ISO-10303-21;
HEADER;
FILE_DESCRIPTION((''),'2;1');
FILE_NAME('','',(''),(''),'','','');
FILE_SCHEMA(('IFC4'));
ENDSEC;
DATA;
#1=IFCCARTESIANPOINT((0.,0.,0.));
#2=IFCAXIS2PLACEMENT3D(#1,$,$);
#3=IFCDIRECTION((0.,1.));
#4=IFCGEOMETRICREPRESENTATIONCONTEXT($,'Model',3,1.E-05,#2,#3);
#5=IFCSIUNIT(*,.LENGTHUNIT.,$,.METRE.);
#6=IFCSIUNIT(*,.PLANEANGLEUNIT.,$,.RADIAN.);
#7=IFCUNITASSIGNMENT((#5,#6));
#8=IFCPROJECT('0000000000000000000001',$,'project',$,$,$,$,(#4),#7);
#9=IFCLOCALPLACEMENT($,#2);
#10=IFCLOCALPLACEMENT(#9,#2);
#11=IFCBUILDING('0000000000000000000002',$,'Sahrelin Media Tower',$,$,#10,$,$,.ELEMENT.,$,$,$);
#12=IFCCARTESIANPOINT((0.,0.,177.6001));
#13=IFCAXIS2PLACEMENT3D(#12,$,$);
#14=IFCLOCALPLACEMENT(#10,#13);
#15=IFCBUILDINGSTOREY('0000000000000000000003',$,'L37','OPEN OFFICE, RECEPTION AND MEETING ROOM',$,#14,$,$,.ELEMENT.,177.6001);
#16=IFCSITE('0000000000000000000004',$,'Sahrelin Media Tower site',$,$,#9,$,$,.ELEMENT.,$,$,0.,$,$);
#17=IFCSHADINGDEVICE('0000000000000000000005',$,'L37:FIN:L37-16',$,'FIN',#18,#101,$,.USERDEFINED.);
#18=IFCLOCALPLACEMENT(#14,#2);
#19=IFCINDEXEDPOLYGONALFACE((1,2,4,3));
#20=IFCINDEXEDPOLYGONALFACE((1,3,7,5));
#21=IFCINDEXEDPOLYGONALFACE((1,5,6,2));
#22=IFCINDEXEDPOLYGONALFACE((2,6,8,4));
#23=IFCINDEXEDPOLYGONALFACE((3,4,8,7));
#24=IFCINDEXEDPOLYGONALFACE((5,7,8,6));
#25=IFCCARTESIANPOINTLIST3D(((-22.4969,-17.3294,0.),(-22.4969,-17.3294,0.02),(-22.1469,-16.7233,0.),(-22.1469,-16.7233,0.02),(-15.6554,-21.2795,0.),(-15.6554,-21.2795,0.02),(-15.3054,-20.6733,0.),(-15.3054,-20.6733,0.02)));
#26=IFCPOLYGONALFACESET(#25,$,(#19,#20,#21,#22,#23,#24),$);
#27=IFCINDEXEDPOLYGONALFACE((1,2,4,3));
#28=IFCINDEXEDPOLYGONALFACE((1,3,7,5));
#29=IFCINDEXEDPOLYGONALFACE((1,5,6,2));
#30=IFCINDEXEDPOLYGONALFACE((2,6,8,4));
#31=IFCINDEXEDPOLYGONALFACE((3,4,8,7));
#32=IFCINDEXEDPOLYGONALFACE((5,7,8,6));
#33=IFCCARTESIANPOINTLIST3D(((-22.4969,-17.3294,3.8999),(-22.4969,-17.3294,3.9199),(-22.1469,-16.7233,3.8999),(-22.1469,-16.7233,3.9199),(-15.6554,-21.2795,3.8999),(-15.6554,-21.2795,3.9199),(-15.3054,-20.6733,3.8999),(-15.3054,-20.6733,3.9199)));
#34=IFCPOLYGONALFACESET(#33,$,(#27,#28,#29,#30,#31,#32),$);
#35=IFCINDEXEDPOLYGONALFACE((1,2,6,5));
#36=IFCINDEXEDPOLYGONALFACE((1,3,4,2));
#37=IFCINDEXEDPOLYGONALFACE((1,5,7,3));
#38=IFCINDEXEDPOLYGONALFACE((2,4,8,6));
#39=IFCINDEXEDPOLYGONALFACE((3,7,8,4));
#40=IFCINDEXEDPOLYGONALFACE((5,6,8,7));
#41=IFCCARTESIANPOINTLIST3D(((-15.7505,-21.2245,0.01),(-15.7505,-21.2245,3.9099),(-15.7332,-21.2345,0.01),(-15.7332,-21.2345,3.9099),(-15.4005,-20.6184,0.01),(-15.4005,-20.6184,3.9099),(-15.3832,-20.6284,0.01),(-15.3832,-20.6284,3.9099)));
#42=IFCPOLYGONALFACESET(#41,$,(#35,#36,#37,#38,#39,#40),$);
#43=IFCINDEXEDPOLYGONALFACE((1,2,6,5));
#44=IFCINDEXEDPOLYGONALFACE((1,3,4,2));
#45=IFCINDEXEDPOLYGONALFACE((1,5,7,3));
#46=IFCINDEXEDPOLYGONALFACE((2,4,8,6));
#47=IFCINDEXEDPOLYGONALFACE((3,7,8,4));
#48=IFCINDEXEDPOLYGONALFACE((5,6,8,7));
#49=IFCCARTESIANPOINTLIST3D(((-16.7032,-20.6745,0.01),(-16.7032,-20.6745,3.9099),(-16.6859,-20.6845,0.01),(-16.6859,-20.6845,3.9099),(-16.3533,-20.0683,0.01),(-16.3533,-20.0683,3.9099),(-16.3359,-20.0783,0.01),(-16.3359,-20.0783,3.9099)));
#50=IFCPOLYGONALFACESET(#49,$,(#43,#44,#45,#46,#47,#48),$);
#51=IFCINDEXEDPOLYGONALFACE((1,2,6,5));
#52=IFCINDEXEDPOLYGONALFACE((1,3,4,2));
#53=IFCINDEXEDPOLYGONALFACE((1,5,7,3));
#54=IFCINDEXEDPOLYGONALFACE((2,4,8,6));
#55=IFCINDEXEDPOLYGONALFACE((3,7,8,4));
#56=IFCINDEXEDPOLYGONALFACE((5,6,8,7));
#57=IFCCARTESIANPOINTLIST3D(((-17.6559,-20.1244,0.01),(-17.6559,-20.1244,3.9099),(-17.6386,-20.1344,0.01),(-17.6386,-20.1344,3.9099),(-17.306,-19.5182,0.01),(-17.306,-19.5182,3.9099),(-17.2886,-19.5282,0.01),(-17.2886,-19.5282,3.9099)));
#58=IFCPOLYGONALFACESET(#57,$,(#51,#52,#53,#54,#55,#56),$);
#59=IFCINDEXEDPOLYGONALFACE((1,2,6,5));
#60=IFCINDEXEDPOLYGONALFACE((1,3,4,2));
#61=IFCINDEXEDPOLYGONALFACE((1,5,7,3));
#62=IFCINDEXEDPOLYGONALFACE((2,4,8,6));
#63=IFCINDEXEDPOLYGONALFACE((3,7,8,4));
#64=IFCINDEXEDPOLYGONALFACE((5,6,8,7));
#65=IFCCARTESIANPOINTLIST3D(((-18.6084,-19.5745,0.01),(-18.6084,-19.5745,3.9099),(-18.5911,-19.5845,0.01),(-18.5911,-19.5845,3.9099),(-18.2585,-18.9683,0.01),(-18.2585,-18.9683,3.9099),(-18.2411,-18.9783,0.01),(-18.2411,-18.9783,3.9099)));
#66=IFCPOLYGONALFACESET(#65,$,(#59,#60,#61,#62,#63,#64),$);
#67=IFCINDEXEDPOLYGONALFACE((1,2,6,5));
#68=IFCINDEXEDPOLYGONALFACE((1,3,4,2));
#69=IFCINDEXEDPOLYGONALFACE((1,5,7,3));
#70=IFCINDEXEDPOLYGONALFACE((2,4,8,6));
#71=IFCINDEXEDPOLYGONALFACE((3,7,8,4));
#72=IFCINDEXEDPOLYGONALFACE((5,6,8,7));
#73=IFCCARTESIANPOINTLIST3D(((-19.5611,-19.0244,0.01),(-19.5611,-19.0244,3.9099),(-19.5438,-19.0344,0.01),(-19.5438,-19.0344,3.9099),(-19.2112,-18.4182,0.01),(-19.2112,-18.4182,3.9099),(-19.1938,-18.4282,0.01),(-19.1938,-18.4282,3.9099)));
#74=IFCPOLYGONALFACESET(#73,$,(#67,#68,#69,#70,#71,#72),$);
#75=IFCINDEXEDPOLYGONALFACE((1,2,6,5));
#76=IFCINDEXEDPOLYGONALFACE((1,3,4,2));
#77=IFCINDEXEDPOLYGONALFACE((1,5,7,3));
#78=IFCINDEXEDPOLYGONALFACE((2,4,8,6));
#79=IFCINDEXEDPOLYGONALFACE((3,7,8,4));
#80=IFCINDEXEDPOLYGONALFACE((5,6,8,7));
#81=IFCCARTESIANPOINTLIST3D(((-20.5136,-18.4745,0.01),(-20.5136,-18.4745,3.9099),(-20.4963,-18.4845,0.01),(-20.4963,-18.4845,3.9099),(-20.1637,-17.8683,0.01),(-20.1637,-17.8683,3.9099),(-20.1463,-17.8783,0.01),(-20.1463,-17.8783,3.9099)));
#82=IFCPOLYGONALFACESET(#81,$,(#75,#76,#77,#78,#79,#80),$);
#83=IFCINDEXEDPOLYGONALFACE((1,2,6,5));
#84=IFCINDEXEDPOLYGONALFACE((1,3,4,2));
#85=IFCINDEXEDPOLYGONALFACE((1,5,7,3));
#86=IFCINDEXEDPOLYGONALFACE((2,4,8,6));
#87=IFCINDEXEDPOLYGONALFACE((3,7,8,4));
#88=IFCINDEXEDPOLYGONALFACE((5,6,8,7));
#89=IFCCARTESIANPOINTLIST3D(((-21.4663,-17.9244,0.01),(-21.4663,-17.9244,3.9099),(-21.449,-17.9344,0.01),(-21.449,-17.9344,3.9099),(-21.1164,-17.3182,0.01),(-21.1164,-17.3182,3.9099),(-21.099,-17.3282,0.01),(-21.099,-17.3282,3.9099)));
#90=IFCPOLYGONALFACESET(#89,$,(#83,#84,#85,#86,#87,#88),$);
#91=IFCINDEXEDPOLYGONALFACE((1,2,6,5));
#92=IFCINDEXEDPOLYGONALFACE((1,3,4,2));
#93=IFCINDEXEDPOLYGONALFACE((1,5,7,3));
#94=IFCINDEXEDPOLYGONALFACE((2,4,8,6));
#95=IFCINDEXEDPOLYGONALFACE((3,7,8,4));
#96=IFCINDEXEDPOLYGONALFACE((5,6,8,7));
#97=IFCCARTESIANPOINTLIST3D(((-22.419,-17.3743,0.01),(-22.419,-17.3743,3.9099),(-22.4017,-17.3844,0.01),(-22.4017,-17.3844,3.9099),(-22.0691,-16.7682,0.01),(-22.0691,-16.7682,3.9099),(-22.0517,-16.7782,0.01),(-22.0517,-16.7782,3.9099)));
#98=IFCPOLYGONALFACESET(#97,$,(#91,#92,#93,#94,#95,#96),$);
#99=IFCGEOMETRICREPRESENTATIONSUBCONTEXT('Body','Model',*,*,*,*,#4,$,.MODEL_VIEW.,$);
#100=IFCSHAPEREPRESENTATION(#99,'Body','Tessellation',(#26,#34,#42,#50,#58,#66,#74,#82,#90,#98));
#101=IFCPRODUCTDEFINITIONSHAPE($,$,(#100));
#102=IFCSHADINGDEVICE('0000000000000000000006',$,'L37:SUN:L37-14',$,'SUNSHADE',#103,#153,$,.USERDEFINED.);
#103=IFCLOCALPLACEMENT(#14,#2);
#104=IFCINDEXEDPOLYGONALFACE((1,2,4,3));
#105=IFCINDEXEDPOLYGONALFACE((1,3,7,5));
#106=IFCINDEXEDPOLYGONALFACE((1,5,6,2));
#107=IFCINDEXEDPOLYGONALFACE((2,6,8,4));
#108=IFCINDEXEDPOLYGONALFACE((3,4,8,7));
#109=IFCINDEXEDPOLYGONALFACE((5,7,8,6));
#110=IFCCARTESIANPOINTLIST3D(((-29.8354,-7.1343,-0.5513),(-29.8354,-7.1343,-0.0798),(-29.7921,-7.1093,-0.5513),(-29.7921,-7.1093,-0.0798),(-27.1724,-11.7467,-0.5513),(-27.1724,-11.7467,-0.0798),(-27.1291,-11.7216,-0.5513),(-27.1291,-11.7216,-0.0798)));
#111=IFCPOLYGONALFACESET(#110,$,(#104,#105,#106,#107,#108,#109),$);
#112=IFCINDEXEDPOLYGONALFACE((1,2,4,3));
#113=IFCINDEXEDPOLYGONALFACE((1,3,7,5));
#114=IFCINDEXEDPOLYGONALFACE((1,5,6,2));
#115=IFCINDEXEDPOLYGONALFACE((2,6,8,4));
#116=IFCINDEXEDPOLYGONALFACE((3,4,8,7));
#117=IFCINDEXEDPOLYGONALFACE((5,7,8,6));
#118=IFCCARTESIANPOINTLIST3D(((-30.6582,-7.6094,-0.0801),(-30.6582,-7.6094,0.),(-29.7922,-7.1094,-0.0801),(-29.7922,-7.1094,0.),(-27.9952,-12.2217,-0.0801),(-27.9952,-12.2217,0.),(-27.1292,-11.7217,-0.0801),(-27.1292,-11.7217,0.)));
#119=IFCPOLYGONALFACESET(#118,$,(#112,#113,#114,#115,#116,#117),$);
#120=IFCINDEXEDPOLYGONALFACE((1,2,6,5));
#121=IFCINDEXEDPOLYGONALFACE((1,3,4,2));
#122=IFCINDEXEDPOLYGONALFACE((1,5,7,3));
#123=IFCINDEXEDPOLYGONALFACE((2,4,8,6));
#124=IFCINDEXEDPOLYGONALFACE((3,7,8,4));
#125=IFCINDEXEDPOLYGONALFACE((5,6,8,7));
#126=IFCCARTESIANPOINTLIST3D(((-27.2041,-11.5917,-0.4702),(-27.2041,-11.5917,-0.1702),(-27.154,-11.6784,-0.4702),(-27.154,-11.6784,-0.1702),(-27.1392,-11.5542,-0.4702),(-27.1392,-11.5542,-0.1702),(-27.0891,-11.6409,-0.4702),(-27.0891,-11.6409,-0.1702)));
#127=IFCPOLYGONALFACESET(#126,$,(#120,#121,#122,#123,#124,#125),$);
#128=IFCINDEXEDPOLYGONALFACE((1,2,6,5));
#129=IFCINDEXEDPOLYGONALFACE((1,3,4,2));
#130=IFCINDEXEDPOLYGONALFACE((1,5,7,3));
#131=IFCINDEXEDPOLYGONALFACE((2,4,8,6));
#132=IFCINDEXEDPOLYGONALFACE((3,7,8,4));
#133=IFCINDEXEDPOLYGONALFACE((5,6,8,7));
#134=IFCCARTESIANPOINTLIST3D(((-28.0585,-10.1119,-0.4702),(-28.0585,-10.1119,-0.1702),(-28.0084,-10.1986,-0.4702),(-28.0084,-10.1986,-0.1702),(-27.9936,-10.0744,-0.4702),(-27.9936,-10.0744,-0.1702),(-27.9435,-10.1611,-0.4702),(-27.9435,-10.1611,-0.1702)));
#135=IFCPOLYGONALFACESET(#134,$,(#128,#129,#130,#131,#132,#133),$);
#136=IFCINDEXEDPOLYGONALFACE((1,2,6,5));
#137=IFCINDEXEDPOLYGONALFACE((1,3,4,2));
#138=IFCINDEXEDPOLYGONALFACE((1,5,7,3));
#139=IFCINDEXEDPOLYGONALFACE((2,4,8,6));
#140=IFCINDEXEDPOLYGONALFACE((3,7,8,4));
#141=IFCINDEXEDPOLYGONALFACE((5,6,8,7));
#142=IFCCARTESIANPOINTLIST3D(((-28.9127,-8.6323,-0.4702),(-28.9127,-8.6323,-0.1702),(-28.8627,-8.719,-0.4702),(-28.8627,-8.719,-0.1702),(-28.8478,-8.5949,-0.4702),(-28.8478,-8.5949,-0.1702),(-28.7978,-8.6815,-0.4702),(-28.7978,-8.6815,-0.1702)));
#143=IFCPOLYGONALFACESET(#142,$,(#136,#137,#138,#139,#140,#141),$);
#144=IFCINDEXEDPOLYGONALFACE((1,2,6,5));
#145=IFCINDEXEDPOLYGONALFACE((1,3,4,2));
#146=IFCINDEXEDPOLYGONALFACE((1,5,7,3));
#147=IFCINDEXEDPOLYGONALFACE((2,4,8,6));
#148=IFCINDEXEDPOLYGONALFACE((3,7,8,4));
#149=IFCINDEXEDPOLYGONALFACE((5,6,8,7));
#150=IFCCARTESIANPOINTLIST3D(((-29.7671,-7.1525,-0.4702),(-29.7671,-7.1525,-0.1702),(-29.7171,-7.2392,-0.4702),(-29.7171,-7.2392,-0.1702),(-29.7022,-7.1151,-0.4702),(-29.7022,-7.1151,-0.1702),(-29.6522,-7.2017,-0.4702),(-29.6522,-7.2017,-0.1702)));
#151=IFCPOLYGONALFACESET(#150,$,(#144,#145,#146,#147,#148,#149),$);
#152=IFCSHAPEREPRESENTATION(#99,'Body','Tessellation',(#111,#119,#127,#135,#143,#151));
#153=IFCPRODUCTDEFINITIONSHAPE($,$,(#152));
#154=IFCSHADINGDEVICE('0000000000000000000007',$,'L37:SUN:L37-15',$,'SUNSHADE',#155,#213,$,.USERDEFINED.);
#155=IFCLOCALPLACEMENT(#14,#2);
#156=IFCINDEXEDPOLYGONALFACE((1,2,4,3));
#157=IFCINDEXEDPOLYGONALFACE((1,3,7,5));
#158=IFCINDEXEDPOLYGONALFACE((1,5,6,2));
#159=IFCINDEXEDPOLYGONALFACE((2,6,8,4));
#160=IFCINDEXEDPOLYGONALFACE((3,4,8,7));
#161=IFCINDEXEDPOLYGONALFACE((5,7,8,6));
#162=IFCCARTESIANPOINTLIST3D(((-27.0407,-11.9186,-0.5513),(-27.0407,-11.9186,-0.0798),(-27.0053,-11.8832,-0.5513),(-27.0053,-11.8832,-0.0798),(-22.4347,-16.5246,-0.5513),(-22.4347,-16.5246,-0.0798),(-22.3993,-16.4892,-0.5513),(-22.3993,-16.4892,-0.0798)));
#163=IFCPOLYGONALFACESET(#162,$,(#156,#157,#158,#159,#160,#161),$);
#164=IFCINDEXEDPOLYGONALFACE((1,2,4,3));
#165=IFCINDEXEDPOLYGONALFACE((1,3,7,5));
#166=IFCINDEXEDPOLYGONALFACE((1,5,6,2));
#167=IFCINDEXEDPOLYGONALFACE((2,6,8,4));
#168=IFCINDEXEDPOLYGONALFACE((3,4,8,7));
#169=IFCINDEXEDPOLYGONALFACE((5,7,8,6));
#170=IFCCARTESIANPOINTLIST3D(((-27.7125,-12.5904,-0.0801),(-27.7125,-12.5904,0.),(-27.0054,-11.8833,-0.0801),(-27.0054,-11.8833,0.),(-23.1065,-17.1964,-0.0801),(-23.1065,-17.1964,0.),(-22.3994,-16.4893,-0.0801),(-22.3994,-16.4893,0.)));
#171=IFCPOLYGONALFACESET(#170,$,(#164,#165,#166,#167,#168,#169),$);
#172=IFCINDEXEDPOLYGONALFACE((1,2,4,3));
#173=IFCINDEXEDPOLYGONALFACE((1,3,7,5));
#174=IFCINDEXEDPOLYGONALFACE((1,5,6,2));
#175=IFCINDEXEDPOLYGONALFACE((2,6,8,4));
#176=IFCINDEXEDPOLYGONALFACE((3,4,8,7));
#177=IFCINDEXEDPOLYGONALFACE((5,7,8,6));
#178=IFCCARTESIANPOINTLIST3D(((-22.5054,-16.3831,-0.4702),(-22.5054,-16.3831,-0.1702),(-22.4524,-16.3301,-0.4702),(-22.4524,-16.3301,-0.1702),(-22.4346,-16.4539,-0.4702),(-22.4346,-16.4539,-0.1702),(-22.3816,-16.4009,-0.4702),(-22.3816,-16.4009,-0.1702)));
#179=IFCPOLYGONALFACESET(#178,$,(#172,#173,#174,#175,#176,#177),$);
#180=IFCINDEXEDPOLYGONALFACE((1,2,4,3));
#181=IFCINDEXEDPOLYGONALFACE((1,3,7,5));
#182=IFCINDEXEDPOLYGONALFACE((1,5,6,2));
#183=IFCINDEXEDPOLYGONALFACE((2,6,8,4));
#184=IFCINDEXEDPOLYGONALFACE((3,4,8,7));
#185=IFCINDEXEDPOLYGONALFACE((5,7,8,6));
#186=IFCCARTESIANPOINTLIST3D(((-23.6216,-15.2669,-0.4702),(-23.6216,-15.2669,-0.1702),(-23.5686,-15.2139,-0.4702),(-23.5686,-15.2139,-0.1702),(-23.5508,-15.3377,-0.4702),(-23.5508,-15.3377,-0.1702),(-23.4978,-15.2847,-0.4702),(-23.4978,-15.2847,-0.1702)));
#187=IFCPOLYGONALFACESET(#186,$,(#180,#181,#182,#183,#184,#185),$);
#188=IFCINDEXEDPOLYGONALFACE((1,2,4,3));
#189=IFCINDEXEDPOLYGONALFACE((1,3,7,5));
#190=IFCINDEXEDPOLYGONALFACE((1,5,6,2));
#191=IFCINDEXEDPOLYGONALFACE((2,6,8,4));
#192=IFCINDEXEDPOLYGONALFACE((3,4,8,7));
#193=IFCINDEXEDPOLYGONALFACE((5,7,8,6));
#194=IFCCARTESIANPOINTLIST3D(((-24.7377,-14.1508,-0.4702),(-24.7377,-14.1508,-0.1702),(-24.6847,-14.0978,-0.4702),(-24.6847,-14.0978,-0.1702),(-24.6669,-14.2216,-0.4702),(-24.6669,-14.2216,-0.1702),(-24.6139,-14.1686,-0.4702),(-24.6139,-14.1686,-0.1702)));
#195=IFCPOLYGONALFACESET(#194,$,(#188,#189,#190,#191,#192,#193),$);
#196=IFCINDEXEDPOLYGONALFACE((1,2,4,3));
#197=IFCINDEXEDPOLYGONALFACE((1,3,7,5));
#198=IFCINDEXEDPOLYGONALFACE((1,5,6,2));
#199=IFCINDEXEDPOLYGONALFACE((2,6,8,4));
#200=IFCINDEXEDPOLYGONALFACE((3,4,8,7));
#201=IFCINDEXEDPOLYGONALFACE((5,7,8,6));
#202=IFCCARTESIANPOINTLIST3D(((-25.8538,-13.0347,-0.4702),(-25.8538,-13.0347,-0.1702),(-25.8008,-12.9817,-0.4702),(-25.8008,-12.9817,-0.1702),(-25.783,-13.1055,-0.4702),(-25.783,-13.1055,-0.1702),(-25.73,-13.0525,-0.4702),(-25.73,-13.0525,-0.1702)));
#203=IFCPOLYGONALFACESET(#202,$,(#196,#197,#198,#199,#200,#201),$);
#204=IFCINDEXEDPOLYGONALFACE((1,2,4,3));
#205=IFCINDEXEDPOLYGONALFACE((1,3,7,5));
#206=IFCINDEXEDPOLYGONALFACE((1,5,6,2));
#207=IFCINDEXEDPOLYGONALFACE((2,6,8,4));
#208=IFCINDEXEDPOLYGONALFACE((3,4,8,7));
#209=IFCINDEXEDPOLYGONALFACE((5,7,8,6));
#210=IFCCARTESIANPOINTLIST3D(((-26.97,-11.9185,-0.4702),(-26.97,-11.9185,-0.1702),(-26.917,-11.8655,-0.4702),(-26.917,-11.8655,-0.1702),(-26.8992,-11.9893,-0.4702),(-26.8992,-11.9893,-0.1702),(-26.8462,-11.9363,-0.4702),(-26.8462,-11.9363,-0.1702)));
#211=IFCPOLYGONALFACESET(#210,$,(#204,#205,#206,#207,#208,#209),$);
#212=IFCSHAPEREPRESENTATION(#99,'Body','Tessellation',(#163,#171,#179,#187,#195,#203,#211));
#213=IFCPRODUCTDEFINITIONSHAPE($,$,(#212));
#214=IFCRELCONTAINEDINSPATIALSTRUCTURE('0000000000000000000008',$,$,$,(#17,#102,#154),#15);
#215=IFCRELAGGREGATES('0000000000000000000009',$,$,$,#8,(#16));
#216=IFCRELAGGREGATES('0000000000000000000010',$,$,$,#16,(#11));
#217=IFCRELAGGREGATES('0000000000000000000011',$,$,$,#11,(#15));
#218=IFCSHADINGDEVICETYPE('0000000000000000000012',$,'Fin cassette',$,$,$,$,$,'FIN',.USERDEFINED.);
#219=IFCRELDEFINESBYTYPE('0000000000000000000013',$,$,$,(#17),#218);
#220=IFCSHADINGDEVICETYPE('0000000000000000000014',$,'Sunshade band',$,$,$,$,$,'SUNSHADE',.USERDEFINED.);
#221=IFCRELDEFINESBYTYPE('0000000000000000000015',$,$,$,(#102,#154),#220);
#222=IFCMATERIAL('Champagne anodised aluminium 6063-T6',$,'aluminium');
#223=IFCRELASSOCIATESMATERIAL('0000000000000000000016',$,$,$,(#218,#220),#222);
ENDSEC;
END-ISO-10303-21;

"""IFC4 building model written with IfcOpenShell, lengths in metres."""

from ifc_helpers import new_model, si_unit, direction, frame, origin, origin_2d, place, context, subcontext, project, spatial, rectangle, extrude, material, type_object, element, save


model = new_model("IFC4")

# Units and contexts
model_context = context("Model", 3, precision=1e-05, world=origin(), true_north=direction((0.0, 1.0)))
body_context = subcontext(model_context, "Body", "Model", "MODEL_VIEW")
ifc_project = project(units=[si_unit("LENGTHUNIT", "METRE"), si_unit("PLANEANGLEUNIT", "RADIAN")], contexts=[model_context])

# Site, building, storey
site_placement = place(None, origin())
site = spatial("IfcSite", under=ifc_project, at=site_placement, Name="Sahrelin Media Tower site", CompositionType="ELEMENT", RefElevation=0.0)
building_placement = place(site_placement, origin())
building = spatial("IfcBuilding", under=site, at=building_placement, Name="Sahrelin Media Tower", CompositionType="ELEMENT")
storey_placement = place(building_placement, frame((0.0, 0.0, 177.6001)))
storey = spatial("IfcBuildingStorey", under=building, at=storey_placement, Name="L37", Description="OPEN OFFICE, RECEPTION AND MEETING ROOM", CompositionType="ELEMENT", Elevation=177.6001)

# Shared definitions
ifc_material_1 = material(Name="Champagne anodised aluminium 6063-T6", Category="aluminium")

# Shading devices
shading_device_type_1 = type_object("IfcShadingDeviceType", Name="Fin cassette", ElementType="FIN", PredefinedType="USERDEFINED", material=ifc_material_1)
placement_1 = place(storey_placement, frame((-28.4434, -9.4055, 0.0), z_axis=(0.0, 0.0, 1.0), x_axis=(-0.500011, 0.866019, 0.0)))
placement_2 = place(storey_placement, frame((-24.6882, -14.1721, 0.0), z_axis=(0.0, 0.0, 1.0), x_axis=(-0.707107, 0.707107, 0.0)))
placement_3 = place(storey_placement, frame((-18.6912, -18.6377, 0.0), z_axis=(0.0, 0.0, 1.0), x_axis=(-0.866019, 0.500011, 0.0)))
element("IfcShadingDevice", 1, at=placement_3, inside=storey, type_object=shading_device_type_1, Name="L37:FIN:L37-16", ObjectType="FIN", PredefinedType="USERDEFINED", context=body_context, shape_type="SweptSolid", body=[
    extrude(rectangle(XDim=7.8999, YDim=0.7, at=origin_2d()), frame((0.0, 0.4199, 0.0)), (0.0, 0.0, 1.0), 0.02),
    extrude(rectangle(XDim=7.8999, YDim=0.7, at=origin_2d()), frame((0.0, 0.4199, 3.8999)), (0.0, 0.0, 1.0), 0.02),
    extrude(rectangle(XDim=0.02, YDim=0.7, at=origin_2d()), frame((-3.8501, 0.4199, 0.01), z_axis=(0.0, 0.0, 1.0), x_axis=(1.0, 0.0, 0.0)), (0.0, 0.0, 1.0), 3.8999),
    extrude(rectangle(XDim=0.02, YDim=0.7, at=origin_2d()), frame((-2.75, 0.4199, 0.01), z_axis=(0.0, 0.0, 1.0), x_axis=(1.0, 0.0, 0.0)), (0.0, 0.0, 1.0), 3.8999),
    extrude(rectangle(XDim=0.02, YDim=0.7, at=origin_2d()), frame((-1.6499, 0.4199, 0.01), z_axis=(0.0, 0.0, 1.0), x_axis=(1.0, 0.0, 0.0)), (0.0, 0.0, 1.0), 3.8999),
    extrude(rectangle(XDim=0.02, YDim=0.7, at=origin_2d()), frame((-0.55, 0.4199, 0.01), z_axis=(0.0, 0.0, 1.0), x_axis=(1.0, 0.0, 0.0)), (0.0, 0.0, 1.0), 3.8999),
    extrude(rectangle(XDim=0.02, YDim=0.7, at=origin_2d()), frame((0.55, 0.4199, 0.01), z_axis=(0.0, 0.0, 1.0), x_axis=(1.0, 0.0, 0.0)), (0.0, 0.0, 1.0), 3.8999),
    extrude(rectangle(XDim=0.02, YDim=0.7, at=origin_2d()), frame((1.6499, 0.4199, 0.01), z_axis=(0.0, 0.0, 1.0), x_axis=(1.0, 0.0, 0.0)), (0.0, 0.0, 1.0), 3.8999),
    extrude(rectangle(XDim=0.02, YDim=0.7, at=origin_2d()), frame((2.75, 0.4199, 0.01), z_axis=(0.0, 0.0, 1.0), x_axis=(1.0, 0.0, 0.0)), (0.0, 0.0, 1.0), 3.8999),
    extrude(rectangle(XDim=0.02, YDim=0.7, at=origin_2d()), frame((3.8501, 0.4199, 0.01), z_axis=(0.0, 0.0, 1.0), x_axis=(1.0, 0.0, 0.0)), (0.0, 0.0, 1.0), 3.8999),
])
shading_device_type_2 = type_object("IfcShadingDeviceType", Name="Sunshade band", ElementType="SUNSHADE", PredefinedType="USERDEFINED", material=ifc_material_1)
element("IfcShadingDevice", 2, at=placement_1, inside=storey, type_object=shading_device_type_2, Name="L37:SUN:L37-14", ObjectType="SUNSHADE", PredefinedType="USERDEFINED", context=body_context, shape_type="SweptSolid", body=[
    extrude(rectangle(XDim=5.3259, YDim=0.05, at=origin_2d()), frame((0.0, 0.0449, -0.5513)), (0.0, 0.0, 1.0), 0.4714),
    extrude(rectangle(XDim=5.3259, YDim=1.0, at=origin_2d()), frame((0.0, 0.52, -0.0801)), (0.0, 0.0, 1.0), 0.0801),
    extrude(rectangle(XDim=0.1001, YDim=0.075, at=origin_2d()), frame((-2.563, -0.0176, -0.4702)), (0.0, 0.0, 1.0), 0.3),
    extrude(rectangle(XDim=0.1001, YDim=0.075, at=origin_2d()), frame((-0.8542, -0.0176, -0.4702)), (0.0, 0.0, 1.0), 0.3),
    extrude(rectangle(XDim=0.1001, YDim=0.075, at=origin_2d()), frame((0.8542, -0.0176, -0.4702)), (0.0, 0.0, 1.0), 0.3),
    extrude(rectangle(XDim=0.1001, YDim=0.075, at=origin_2d()), frame((2.563, -0.0176, -0.4702)), (0.0, 0.0, 1.0), 0.3),
])
element("IfcShadingDevice", 3, at=placement_2, inside=storey, type_object=shading_device_type_2, Name="L37:SUN:L37-15", ObjectType="SUNSHADE", PredefinedType="USERDEFINED", context=body_context, shape_type="SweptSolid", body=[
    extrude(rectangle(XDim=6.5139, YDim=0.05, at=origin_2d()), frame((0.0, 0.0449, -0.5513)), (0.0, 0.0, 1.0), 0.4714),
    extrude(rectangle(XDim=6.5139, YDim=1.0, at=origin_2d()), frame((0.0, 0.52, -0.0801)), (0.0, 0.0, 1.0), 0.0801),
    extrude(rectangle(XDim=0.1001, YDim=0.075, at=origin_2d()), frame((-3.157, -0.0176, -0.4702)), (0.0, 0.0, 1.0), 0.3),
    extrude(rectangle(XDim=0.1001, YDim=0.075, at=origin_2d()), frame((-1.5784, -0.0176, -0.4702)), (0.0, 0.0, 1.0), 0.3),
    extrude(rectangle(XDim=0.1001, YDim=0.075, at=origin_2d()), frame((0.0, -0.0176, -0.4702)), (0.0, 0.0, 1.0), 0.3),
    extrude(rectangle(XDim=0.1001, YDim=0.075, at=origin_2d()), frame((1.5784, -0.0176, -0.4702)), (0.0, 0.0, 1.0), 0.3),
    extrude(rectangle(XDim=0.1001, YDim=0.075, at=origin_2d()), frame((3.157, -0.0176, -0.4702)), (0.0, 0.0, 1.0), 0.3),
])

save(model, "model.ifc")
